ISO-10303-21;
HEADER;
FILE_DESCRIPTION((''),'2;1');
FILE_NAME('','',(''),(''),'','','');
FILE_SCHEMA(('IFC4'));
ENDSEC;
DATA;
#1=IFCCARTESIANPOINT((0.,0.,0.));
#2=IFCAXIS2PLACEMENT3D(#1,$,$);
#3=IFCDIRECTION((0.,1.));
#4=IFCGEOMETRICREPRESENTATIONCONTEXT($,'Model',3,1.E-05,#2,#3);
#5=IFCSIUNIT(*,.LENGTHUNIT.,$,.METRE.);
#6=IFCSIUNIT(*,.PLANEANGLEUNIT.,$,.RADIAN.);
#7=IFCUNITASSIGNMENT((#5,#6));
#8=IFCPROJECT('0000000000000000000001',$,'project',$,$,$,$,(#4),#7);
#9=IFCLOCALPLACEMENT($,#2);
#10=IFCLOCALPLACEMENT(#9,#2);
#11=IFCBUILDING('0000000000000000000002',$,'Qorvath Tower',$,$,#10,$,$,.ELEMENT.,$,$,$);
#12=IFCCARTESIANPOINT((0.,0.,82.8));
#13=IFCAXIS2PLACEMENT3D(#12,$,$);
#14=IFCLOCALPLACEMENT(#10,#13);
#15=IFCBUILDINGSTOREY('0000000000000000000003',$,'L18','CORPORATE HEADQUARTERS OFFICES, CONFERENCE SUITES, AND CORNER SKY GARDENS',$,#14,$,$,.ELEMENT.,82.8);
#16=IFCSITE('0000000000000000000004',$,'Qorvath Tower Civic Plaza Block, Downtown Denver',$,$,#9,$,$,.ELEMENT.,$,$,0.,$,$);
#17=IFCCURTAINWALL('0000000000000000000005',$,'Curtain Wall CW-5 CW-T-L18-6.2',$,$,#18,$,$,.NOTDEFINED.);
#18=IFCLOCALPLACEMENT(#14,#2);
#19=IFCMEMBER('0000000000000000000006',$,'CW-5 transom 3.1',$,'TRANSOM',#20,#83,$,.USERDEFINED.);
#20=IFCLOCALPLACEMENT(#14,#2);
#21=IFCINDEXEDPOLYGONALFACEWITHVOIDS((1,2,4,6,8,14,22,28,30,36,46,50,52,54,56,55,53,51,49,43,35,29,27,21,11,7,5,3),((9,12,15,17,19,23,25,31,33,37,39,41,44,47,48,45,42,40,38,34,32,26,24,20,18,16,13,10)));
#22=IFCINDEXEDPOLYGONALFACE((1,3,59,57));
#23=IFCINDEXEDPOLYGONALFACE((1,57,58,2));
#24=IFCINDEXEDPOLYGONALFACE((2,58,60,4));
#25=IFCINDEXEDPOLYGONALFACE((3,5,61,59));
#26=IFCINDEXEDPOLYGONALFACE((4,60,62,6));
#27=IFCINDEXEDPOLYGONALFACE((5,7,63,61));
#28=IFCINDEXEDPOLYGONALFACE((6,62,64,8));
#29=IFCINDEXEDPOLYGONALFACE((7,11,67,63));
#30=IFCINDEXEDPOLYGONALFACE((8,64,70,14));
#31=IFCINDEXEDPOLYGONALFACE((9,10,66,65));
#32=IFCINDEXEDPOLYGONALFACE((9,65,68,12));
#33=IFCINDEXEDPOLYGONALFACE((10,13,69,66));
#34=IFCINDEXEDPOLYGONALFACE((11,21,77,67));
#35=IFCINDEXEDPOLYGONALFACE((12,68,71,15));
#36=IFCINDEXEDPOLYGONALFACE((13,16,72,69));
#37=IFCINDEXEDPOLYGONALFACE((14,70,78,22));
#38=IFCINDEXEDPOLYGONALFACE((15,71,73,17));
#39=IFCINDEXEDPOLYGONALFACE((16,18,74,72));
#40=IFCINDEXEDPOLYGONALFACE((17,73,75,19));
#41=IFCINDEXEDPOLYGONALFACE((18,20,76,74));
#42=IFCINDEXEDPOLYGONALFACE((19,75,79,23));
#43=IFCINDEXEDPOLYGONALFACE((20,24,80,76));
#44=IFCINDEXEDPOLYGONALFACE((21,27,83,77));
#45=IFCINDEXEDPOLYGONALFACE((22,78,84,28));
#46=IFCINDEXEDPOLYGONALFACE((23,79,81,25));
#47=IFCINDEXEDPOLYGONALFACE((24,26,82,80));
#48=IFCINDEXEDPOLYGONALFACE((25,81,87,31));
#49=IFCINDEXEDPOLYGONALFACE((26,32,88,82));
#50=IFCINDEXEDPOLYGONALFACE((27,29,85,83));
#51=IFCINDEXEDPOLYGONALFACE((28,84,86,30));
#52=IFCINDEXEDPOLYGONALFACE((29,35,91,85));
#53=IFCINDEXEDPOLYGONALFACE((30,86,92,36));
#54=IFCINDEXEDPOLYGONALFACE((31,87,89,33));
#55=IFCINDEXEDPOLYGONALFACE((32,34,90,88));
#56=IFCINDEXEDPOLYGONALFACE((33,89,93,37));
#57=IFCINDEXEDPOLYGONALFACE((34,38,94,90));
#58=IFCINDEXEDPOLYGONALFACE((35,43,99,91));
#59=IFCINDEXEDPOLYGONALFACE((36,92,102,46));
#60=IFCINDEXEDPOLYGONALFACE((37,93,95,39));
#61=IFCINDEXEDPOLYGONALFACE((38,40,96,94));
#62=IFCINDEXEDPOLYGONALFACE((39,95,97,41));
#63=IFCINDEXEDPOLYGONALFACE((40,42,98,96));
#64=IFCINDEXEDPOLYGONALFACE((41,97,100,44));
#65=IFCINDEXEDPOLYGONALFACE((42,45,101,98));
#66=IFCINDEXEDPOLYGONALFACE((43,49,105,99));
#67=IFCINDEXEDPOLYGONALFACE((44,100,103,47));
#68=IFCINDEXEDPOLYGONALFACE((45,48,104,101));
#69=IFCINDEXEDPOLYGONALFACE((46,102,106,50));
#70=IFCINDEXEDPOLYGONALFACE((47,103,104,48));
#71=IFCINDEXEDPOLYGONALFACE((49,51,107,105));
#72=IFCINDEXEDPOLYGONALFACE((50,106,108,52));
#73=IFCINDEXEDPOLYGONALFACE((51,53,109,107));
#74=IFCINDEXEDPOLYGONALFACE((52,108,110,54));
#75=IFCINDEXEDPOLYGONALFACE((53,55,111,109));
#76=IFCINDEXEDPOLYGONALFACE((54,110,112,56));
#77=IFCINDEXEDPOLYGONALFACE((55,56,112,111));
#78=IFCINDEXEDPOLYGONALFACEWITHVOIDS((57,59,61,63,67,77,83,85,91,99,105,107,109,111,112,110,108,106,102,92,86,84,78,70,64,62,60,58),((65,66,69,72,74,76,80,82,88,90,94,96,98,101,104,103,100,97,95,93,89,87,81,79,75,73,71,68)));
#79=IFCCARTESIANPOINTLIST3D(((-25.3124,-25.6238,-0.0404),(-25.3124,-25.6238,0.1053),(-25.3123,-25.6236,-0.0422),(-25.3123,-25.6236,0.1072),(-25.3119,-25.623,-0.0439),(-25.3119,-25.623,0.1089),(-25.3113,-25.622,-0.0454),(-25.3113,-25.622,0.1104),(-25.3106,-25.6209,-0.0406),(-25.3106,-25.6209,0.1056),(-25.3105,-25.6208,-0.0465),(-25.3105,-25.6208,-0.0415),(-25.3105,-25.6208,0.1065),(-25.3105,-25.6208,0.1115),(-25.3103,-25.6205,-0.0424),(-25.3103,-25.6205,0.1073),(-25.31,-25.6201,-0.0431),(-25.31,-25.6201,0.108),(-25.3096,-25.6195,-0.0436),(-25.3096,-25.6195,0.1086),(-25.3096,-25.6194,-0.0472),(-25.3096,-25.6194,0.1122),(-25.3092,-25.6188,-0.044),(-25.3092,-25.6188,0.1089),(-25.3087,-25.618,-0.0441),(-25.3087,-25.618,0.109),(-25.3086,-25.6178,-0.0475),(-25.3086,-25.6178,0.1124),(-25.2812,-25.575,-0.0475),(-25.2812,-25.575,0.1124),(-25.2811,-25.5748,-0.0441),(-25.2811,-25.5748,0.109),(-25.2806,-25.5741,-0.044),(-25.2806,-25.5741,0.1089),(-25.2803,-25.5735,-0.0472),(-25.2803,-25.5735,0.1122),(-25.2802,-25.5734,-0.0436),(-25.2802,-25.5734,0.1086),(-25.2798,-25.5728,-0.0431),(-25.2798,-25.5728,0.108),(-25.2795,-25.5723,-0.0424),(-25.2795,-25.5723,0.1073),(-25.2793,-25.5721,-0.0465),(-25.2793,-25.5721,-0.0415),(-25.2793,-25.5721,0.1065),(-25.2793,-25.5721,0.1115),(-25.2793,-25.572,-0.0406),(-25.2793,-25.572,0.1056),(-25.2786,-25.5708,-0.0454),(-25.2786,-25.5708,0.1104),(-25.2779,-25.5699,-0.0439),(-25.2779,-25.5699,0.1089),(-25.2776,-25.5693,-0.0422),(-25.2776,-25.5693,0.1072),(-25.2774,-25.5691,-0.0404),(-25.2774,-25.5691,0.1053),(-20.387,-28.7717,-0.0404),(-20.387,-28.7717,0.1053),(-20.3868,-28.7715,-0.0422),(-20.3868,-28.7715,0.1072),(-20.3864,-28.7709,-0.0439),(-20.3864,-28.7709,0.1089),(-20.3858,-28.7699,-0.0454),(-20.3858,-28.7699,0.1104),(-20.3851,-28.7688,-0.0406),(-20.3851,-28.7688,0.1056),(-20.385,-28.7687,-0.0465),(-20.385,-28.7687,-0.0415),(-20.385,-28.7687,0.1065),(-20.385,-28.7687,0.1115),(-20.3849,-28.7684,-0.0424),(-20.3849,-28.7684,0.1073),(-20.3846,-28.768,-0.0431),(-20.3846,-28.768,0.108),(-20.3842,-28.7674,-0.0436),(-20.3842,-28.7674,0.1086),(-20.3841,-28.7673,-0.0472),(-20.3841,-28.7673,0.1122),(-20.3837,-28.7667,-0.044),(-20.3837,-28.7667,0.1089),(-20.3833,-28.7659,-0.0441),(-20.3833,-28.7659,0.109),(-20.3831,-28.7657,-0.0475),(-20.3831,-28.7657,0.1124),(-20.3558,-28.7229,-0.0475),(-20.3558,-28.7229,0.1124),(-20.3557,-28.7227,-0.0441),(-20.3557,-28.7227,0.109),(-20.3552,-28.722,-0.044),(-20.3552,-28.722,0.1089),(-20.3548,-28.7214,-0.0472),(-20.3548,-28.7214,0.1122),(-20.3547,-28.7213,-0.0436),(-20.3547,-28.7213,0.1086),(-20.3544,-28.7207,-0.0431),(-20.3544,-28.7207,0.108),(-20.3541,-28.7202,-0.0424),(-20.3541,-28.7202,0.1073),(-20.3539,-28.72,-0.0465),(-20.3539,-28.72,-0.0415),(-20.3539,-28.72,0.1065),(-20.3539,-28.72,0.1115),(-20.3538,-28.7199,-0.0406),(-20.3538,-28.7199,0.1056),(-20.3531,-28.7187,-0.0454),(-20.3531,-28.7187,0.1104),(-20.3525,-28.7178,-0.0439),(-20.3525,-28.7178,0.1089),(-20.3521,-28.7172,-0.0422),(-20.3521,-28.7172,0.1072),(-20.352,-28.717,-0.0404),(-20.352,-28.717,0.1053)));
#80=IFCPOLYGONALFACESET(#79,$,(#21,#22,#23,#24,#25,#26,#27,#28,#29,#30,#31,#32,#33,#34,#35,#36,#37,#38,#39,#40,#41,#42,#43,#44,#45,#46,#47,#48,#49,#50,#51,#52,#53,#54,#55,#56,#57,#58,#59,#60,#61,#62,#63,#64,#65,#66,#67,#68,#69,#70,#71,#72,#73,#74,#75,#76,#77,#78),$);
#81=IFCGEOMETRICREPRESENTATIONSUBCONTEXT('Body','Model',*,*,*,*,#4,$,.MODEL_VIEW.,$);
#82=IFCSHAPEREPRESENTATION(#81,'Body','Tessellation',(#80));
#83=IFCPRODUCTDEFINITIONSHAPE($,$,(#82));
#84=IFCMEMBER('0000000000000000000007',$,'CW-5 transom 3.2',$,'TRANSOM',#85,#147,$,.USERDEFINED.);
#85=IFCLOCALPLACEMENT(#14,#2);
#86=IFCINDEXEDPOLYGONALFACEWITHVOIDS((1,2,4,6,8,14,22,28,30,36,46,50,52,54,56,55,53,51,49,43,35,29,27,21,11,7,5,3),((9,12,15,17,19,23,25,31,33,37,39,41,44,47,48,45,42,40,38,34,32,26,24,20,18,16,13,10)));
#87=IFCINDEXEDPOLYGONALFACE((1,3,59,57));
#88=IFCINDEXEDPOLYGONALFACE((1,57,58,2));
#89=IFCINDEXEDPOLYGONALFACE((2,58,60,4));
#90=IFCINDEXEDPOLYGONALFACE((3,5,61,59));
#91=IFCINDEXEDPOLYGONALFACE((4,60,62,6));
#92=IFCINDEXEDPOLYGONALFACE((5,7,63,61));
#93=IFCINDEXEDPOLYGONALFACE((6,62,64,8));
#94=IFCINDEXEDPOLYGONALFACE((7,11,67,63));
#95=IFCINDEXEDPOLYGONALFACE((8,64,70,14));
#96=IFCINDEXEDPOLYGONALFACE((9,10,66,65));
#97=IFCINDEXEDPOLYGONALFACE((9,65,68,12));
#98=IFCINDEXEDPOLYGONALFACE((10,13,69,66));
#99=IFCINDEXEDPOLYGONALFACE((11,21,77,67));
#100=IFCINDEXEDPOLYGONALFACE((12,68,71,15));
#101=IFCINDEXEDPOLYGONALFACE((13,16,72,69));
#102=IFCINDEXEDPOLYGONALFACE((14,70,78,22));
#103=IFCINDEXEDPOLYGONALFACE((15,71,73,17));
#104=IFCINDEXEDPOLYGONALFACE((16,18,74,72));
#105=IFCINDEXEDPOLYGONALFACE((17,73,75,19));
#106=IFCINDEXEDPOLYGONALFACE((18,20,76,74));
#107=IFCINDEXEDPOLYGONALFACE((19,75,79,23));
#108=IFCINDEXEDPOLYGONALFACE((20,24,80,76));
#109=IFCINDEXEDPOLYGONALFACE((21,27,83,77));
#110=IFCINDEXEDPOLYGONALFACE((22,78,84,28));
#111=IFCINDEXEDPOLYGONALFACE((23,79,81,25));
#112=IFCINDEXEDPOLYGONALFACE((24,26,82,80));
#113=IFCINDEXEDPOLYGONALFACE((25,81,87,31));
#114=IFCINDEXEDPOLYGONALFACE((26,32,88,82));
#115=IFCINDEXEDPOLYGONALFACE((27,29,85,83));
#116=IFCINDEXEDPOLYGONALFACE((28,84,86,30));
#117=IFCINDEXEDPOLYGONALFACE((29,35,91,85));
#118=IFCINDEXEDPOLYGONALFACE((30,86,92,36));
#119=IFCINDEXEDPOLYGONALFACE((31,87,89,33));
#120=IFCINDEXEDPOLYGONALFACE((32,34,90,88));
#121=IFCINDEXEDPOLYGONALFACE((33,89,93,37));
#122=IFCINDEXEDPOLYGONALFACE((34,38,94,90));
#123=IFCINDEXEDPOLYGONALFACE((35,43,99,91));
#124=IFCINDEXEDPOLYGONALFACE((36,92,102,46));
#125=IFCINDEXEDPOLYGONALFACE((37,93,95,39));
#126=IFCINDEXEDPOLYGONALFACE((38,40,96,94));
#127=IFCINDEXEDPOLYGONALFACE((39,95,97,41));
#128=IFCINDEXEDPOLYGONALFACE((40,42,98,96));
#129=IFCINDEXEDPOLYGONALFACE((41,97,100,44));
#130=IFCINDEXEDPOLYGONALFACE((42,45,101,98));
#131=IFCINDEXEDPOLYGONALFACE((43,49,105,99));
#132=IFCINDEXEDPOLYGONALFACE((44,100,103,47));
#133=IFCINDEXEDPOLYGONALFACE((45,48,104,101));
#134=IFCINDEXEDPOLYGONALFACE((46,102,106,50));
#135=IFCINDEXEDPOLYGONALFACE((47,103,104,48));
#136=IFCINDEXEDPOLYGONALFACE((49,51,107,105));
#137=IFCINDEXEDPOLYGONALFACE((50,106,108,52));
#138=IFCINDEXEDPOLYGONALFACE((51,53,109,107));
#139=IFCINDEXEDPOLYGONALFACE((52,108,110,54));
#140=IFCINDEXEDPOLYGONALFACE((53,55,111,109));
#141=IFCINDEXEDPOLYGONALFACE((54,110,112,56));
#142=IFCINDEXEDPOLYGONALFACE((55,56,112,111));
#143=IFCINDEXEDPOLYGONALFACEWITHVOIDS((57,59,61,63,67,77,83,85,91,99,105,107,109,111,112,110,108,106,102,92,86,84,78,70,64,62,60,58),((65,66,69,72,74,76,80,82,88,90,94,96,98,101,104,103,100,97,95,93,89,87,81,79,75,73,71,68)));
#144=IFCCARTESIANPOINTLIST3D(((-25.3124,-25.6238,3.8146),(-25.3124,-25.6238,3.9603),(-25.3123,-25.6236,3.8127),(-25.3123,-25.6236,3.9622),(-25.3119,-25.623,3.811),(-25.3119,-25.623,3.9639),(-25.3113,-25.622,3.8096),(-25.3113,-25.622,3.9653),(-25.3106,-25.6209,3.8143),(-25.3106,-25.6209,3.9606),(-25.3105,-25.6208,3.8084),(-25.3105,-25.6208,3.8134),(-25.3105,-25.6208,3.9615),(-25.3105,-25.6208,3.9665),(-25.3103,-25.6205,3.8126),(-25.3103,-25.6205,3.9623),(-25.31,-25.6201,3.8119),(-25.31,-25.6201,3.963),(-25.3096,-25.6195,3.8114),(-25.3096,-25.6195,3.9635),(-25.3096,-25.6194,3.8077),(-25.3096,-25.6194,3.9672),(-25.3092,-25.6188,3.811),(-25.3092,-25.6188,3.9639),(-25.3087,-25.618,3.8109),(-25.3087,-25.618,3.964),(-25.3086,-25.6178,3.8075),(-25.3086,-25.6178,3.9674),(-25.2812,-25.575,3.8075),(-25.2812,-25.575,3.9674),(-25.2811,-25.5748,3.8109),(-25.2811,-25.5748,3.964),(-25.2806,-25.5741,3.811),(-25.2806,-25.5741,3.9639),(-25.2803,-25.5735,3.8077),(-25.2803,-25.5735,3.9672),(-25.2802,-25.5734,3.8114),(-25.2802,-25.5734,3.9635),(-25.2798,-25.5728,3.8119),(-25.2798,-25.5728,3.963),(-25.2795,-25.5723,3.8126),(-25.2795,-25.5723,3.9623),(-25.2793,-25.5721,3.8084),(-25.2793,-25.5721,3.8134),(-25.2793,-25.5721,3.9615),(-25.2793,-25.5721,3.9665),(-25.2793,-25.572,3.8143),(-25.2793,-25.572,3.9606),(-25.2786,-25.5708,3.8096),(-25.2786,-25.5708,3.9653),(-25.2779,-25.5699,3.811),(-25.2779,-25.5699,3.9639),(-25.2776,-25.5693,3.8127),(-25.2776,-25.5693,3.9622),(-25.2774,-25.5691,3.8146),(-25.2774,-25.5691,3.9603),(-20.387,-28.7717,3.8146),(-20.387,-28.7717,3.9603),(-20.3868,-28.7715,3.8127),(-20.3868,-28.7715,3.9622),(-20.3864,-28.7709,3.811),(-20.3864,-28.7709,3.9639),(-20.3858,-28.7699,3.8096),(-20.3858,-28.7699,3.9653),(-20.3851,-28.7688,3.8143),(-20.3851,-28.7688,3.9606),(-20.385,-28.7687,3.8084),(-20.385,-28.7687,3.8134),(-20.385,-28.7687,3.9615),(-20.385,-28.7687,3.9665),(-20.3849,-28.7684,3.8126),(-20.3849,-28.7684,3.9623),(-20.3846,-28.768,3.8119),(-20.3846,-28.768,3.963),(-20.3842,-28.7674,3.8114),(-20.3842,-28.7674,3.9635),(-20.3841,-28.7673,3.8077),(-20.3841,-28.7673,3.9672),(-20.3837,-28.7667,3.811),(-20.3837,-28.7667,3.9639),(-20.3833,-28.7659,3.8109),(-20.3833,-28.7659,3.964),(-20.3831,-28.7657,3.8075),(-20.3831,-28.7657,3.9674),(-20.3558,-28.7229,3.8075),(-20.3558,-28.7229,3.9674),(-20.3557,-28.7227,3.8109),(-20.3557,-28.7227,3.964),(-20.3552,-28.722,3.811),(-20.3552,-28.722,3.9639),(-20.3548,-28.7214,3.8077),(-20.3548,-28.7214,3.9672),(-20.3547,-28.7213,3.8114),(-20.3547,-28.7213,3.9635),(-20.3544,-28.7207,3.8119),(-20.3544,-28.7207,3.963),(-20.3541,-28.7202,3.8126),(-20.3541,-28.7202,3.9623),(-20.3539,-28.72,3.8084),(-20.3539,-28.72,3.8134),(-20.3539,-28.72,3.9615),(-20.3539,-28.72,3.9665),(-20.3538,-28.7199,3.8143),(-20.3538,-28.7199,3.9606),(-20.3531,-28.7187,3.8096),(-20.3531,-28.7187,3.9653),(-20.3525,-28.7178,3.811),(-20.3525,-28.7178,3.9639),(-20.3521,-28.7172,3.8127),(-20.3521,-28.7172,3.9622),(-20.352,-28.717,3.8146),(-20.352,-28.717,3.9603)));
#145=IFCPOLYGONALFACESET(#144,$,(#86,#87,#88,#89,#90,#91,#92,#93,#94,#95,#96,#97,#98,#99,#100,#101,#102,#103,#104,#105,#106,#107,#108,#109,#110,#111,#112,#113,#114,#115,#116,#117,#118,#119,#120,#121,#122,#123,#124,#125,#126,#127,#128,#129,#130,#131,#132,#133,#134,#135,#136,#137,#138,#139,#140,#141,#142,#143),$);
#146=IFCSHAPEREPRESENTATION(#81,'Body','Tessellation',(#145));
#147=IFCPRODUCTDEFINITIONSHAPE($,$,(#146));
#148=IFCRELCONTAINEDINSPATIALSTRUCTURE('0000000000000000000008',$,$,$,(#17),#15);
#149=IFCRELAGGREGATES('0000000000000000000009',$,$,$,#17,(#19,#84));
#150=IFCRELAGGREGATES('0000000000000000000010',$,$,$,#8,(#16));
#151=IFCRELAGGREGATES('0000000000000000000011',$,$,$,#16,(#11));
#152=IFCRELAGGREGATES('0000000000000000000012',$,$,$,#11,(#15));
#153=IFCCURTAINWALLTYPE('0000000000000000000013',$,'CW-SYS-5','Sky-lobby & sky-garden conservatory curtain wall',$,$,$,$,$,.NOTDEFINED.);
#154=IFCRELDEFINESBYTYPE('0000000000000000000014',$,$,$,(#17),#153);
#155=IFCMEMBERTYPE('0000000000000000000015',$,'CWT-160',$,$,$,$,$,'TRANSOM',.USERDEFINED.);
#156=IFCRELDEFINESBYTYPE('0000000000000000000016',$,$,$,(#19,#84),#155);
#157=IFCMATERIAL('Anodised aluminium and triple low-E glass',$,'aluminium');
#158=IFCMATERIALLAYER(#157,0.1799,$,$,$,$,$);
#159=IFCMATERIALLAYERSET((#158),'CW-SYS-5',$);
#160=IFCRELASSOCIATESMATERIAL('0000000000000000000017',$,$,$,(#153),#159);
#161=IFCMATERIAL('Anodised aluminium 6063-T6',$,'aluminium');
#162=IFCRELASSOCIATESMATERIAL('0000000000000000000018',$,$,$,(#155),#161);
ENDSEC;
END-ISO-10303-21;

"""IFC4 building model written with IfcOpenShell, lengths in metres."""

from ifc_helpers import new_model, si_unit, direction, frame, origin, origin_2d, place, context, subcontext, project, spatial, hollow_rectangle, extrude, material, layer, layer_set, material_profile, profile_set, type_object, element, aggregate, save


model = new_model("IFC4")

# Units and contexts
model_context = context("Model", 3, precision=1e-05, world=origin(), true_north=direction((0.0, 1.0)))
body_context = subcontext(model_context, "Body", "Model", "MODEL_VIEW")
ifc_project = project(units=[si_unit("LENGTHUNIT", "METRE"), si_unit("PLANEANGLEUNIT", "RADIAN")], contexts=[model_context])

# Site, building, storey
site_placement = place(None, origin())
site = spatial("IfcSite", under=ifc_project, at=site_placement, Name="Qorvath Tower Civic Plaza Block, Downtown Denver", CompositionType="ELEMENT", RefElevation=0.0)
building_placement = place(site_placement, origin())
building = spatial("IfcBuilding", under=site, at=building_placement, Name="Qorvath Tower", CompositionType="ELEMENT")
storey_placement = place(building_placement, frame((0.0, 0.0, 82.8)))
storey = spatial("IfcBuildingStorey", under=building, at=storey_placement, Name="L18", Description="CORPORATE HEADQUARTERS OFFICES, CONFERENCE SUITES, AND CORNER SKY GARDENS", CompositionType="ELEMENT", Elevation=82.8)

# Curtain wall, members
ifc_material_1 = material(Name="Anodised aluminium and triple low-E glass", Category="aluminium")
ifc_layer_1 = layer(ifc_material_1, 0.1799)
ifc_layer_set_1 = layer_set([ifc_layer_1], Name="CW-SYS-5")
curtain_wall_type = type_object("IfcCurtainWallType", Name="CW-SYS-5", Description="Sky-lobby & sky-garden conservatory curtain wall", PredefinedType="NOTDEFINED", material=ifc_layer_set_1)
curtain_wall_placement = place(storey_placement, origin())
curtain_wall = element("IfcCurtainWall", 1, at=curtain_wall_placement, inside=storey, type_object=curtain_wall_type, Name="Curtain Wall CW-5 CW-T-L18-6.2", PredefinedType="NOTDEFINED")
ifc_material_2 = material(Name="Anodised aluminium 6063-T6", Category="aluminium")
ifc_material_profile_1 = material_profile(ifc_material_2, hollow_rectangle(XDim=0.0649, YDim=0.1599, WallThickness=0.0034, InnerFilletRadius=0.0034, OuterFilletRadius=0.0071, at=origin_2d()), Name="CWT 160x65")
ifc_profile_set_1 = profile_set([ifc_material_profile_1], Name="Anodised aluminium 6063-T6")
member_type_1 = type_object("IfcMemberType", Name="CWT-160", ElementType="TRANSOM", PredefinedType="USERDEFINED", material=ifc_profile_set_1)
member_1_placement = place(storey_placement, frame((-25.2949, -25.5964, 0.0325), z_axis=(0.842613, -0.53852, 0.0), x_axis=(0.53852, 0.842613, 0.0)))
member_1 = element("IfcMember", 2, at=member_1_placement, type_object=member_type_1, Name="CW-5 transom 3.1", ObjectType="TRANSOM", PredefinedType="USERDEFINED", context=body_context, shape_type="SweptSolid", body=[
    extrude(hollow_rectangle(XDim=0.0649, YDim=0.1599, WallThickness=0.0034, InnerFilletRadius=0.0034, OuterFilletRadius=0.0071, at=origin_2d()), origin(), (0.0, 0.0, 1.0), 5.8455),
])
member_2_placement = place(storey_placement, frame((-25.2949, -25.5964, 3.8875), z_axis=(0.842613, -0.53852, 0.0), x_axis=(0.53852, 0.842613, 0.0)))
member_2 = element("IfcMember", 3, at=member_2_placement, type_object=member_type_1, Name="CW-5 transom 3.2", ObjectType="TRANSOM", PredefinedType="USERDEFINED", context=body_context, shape_type="SweptSolid", body=[
    extrude(hollow_rectangle(XDim=0.0649, YDim=0.1599, WallThickness=0.0034, InnerFilletRadius=0.0034, OuterFilletRadius=0.0071, at=origin_2d()), origin(), (0.0, 0.0, 1.0), 5.8455),
])
aggregate(curtain_wall, [member_1, member_2])

save(model, "model.ifc")
